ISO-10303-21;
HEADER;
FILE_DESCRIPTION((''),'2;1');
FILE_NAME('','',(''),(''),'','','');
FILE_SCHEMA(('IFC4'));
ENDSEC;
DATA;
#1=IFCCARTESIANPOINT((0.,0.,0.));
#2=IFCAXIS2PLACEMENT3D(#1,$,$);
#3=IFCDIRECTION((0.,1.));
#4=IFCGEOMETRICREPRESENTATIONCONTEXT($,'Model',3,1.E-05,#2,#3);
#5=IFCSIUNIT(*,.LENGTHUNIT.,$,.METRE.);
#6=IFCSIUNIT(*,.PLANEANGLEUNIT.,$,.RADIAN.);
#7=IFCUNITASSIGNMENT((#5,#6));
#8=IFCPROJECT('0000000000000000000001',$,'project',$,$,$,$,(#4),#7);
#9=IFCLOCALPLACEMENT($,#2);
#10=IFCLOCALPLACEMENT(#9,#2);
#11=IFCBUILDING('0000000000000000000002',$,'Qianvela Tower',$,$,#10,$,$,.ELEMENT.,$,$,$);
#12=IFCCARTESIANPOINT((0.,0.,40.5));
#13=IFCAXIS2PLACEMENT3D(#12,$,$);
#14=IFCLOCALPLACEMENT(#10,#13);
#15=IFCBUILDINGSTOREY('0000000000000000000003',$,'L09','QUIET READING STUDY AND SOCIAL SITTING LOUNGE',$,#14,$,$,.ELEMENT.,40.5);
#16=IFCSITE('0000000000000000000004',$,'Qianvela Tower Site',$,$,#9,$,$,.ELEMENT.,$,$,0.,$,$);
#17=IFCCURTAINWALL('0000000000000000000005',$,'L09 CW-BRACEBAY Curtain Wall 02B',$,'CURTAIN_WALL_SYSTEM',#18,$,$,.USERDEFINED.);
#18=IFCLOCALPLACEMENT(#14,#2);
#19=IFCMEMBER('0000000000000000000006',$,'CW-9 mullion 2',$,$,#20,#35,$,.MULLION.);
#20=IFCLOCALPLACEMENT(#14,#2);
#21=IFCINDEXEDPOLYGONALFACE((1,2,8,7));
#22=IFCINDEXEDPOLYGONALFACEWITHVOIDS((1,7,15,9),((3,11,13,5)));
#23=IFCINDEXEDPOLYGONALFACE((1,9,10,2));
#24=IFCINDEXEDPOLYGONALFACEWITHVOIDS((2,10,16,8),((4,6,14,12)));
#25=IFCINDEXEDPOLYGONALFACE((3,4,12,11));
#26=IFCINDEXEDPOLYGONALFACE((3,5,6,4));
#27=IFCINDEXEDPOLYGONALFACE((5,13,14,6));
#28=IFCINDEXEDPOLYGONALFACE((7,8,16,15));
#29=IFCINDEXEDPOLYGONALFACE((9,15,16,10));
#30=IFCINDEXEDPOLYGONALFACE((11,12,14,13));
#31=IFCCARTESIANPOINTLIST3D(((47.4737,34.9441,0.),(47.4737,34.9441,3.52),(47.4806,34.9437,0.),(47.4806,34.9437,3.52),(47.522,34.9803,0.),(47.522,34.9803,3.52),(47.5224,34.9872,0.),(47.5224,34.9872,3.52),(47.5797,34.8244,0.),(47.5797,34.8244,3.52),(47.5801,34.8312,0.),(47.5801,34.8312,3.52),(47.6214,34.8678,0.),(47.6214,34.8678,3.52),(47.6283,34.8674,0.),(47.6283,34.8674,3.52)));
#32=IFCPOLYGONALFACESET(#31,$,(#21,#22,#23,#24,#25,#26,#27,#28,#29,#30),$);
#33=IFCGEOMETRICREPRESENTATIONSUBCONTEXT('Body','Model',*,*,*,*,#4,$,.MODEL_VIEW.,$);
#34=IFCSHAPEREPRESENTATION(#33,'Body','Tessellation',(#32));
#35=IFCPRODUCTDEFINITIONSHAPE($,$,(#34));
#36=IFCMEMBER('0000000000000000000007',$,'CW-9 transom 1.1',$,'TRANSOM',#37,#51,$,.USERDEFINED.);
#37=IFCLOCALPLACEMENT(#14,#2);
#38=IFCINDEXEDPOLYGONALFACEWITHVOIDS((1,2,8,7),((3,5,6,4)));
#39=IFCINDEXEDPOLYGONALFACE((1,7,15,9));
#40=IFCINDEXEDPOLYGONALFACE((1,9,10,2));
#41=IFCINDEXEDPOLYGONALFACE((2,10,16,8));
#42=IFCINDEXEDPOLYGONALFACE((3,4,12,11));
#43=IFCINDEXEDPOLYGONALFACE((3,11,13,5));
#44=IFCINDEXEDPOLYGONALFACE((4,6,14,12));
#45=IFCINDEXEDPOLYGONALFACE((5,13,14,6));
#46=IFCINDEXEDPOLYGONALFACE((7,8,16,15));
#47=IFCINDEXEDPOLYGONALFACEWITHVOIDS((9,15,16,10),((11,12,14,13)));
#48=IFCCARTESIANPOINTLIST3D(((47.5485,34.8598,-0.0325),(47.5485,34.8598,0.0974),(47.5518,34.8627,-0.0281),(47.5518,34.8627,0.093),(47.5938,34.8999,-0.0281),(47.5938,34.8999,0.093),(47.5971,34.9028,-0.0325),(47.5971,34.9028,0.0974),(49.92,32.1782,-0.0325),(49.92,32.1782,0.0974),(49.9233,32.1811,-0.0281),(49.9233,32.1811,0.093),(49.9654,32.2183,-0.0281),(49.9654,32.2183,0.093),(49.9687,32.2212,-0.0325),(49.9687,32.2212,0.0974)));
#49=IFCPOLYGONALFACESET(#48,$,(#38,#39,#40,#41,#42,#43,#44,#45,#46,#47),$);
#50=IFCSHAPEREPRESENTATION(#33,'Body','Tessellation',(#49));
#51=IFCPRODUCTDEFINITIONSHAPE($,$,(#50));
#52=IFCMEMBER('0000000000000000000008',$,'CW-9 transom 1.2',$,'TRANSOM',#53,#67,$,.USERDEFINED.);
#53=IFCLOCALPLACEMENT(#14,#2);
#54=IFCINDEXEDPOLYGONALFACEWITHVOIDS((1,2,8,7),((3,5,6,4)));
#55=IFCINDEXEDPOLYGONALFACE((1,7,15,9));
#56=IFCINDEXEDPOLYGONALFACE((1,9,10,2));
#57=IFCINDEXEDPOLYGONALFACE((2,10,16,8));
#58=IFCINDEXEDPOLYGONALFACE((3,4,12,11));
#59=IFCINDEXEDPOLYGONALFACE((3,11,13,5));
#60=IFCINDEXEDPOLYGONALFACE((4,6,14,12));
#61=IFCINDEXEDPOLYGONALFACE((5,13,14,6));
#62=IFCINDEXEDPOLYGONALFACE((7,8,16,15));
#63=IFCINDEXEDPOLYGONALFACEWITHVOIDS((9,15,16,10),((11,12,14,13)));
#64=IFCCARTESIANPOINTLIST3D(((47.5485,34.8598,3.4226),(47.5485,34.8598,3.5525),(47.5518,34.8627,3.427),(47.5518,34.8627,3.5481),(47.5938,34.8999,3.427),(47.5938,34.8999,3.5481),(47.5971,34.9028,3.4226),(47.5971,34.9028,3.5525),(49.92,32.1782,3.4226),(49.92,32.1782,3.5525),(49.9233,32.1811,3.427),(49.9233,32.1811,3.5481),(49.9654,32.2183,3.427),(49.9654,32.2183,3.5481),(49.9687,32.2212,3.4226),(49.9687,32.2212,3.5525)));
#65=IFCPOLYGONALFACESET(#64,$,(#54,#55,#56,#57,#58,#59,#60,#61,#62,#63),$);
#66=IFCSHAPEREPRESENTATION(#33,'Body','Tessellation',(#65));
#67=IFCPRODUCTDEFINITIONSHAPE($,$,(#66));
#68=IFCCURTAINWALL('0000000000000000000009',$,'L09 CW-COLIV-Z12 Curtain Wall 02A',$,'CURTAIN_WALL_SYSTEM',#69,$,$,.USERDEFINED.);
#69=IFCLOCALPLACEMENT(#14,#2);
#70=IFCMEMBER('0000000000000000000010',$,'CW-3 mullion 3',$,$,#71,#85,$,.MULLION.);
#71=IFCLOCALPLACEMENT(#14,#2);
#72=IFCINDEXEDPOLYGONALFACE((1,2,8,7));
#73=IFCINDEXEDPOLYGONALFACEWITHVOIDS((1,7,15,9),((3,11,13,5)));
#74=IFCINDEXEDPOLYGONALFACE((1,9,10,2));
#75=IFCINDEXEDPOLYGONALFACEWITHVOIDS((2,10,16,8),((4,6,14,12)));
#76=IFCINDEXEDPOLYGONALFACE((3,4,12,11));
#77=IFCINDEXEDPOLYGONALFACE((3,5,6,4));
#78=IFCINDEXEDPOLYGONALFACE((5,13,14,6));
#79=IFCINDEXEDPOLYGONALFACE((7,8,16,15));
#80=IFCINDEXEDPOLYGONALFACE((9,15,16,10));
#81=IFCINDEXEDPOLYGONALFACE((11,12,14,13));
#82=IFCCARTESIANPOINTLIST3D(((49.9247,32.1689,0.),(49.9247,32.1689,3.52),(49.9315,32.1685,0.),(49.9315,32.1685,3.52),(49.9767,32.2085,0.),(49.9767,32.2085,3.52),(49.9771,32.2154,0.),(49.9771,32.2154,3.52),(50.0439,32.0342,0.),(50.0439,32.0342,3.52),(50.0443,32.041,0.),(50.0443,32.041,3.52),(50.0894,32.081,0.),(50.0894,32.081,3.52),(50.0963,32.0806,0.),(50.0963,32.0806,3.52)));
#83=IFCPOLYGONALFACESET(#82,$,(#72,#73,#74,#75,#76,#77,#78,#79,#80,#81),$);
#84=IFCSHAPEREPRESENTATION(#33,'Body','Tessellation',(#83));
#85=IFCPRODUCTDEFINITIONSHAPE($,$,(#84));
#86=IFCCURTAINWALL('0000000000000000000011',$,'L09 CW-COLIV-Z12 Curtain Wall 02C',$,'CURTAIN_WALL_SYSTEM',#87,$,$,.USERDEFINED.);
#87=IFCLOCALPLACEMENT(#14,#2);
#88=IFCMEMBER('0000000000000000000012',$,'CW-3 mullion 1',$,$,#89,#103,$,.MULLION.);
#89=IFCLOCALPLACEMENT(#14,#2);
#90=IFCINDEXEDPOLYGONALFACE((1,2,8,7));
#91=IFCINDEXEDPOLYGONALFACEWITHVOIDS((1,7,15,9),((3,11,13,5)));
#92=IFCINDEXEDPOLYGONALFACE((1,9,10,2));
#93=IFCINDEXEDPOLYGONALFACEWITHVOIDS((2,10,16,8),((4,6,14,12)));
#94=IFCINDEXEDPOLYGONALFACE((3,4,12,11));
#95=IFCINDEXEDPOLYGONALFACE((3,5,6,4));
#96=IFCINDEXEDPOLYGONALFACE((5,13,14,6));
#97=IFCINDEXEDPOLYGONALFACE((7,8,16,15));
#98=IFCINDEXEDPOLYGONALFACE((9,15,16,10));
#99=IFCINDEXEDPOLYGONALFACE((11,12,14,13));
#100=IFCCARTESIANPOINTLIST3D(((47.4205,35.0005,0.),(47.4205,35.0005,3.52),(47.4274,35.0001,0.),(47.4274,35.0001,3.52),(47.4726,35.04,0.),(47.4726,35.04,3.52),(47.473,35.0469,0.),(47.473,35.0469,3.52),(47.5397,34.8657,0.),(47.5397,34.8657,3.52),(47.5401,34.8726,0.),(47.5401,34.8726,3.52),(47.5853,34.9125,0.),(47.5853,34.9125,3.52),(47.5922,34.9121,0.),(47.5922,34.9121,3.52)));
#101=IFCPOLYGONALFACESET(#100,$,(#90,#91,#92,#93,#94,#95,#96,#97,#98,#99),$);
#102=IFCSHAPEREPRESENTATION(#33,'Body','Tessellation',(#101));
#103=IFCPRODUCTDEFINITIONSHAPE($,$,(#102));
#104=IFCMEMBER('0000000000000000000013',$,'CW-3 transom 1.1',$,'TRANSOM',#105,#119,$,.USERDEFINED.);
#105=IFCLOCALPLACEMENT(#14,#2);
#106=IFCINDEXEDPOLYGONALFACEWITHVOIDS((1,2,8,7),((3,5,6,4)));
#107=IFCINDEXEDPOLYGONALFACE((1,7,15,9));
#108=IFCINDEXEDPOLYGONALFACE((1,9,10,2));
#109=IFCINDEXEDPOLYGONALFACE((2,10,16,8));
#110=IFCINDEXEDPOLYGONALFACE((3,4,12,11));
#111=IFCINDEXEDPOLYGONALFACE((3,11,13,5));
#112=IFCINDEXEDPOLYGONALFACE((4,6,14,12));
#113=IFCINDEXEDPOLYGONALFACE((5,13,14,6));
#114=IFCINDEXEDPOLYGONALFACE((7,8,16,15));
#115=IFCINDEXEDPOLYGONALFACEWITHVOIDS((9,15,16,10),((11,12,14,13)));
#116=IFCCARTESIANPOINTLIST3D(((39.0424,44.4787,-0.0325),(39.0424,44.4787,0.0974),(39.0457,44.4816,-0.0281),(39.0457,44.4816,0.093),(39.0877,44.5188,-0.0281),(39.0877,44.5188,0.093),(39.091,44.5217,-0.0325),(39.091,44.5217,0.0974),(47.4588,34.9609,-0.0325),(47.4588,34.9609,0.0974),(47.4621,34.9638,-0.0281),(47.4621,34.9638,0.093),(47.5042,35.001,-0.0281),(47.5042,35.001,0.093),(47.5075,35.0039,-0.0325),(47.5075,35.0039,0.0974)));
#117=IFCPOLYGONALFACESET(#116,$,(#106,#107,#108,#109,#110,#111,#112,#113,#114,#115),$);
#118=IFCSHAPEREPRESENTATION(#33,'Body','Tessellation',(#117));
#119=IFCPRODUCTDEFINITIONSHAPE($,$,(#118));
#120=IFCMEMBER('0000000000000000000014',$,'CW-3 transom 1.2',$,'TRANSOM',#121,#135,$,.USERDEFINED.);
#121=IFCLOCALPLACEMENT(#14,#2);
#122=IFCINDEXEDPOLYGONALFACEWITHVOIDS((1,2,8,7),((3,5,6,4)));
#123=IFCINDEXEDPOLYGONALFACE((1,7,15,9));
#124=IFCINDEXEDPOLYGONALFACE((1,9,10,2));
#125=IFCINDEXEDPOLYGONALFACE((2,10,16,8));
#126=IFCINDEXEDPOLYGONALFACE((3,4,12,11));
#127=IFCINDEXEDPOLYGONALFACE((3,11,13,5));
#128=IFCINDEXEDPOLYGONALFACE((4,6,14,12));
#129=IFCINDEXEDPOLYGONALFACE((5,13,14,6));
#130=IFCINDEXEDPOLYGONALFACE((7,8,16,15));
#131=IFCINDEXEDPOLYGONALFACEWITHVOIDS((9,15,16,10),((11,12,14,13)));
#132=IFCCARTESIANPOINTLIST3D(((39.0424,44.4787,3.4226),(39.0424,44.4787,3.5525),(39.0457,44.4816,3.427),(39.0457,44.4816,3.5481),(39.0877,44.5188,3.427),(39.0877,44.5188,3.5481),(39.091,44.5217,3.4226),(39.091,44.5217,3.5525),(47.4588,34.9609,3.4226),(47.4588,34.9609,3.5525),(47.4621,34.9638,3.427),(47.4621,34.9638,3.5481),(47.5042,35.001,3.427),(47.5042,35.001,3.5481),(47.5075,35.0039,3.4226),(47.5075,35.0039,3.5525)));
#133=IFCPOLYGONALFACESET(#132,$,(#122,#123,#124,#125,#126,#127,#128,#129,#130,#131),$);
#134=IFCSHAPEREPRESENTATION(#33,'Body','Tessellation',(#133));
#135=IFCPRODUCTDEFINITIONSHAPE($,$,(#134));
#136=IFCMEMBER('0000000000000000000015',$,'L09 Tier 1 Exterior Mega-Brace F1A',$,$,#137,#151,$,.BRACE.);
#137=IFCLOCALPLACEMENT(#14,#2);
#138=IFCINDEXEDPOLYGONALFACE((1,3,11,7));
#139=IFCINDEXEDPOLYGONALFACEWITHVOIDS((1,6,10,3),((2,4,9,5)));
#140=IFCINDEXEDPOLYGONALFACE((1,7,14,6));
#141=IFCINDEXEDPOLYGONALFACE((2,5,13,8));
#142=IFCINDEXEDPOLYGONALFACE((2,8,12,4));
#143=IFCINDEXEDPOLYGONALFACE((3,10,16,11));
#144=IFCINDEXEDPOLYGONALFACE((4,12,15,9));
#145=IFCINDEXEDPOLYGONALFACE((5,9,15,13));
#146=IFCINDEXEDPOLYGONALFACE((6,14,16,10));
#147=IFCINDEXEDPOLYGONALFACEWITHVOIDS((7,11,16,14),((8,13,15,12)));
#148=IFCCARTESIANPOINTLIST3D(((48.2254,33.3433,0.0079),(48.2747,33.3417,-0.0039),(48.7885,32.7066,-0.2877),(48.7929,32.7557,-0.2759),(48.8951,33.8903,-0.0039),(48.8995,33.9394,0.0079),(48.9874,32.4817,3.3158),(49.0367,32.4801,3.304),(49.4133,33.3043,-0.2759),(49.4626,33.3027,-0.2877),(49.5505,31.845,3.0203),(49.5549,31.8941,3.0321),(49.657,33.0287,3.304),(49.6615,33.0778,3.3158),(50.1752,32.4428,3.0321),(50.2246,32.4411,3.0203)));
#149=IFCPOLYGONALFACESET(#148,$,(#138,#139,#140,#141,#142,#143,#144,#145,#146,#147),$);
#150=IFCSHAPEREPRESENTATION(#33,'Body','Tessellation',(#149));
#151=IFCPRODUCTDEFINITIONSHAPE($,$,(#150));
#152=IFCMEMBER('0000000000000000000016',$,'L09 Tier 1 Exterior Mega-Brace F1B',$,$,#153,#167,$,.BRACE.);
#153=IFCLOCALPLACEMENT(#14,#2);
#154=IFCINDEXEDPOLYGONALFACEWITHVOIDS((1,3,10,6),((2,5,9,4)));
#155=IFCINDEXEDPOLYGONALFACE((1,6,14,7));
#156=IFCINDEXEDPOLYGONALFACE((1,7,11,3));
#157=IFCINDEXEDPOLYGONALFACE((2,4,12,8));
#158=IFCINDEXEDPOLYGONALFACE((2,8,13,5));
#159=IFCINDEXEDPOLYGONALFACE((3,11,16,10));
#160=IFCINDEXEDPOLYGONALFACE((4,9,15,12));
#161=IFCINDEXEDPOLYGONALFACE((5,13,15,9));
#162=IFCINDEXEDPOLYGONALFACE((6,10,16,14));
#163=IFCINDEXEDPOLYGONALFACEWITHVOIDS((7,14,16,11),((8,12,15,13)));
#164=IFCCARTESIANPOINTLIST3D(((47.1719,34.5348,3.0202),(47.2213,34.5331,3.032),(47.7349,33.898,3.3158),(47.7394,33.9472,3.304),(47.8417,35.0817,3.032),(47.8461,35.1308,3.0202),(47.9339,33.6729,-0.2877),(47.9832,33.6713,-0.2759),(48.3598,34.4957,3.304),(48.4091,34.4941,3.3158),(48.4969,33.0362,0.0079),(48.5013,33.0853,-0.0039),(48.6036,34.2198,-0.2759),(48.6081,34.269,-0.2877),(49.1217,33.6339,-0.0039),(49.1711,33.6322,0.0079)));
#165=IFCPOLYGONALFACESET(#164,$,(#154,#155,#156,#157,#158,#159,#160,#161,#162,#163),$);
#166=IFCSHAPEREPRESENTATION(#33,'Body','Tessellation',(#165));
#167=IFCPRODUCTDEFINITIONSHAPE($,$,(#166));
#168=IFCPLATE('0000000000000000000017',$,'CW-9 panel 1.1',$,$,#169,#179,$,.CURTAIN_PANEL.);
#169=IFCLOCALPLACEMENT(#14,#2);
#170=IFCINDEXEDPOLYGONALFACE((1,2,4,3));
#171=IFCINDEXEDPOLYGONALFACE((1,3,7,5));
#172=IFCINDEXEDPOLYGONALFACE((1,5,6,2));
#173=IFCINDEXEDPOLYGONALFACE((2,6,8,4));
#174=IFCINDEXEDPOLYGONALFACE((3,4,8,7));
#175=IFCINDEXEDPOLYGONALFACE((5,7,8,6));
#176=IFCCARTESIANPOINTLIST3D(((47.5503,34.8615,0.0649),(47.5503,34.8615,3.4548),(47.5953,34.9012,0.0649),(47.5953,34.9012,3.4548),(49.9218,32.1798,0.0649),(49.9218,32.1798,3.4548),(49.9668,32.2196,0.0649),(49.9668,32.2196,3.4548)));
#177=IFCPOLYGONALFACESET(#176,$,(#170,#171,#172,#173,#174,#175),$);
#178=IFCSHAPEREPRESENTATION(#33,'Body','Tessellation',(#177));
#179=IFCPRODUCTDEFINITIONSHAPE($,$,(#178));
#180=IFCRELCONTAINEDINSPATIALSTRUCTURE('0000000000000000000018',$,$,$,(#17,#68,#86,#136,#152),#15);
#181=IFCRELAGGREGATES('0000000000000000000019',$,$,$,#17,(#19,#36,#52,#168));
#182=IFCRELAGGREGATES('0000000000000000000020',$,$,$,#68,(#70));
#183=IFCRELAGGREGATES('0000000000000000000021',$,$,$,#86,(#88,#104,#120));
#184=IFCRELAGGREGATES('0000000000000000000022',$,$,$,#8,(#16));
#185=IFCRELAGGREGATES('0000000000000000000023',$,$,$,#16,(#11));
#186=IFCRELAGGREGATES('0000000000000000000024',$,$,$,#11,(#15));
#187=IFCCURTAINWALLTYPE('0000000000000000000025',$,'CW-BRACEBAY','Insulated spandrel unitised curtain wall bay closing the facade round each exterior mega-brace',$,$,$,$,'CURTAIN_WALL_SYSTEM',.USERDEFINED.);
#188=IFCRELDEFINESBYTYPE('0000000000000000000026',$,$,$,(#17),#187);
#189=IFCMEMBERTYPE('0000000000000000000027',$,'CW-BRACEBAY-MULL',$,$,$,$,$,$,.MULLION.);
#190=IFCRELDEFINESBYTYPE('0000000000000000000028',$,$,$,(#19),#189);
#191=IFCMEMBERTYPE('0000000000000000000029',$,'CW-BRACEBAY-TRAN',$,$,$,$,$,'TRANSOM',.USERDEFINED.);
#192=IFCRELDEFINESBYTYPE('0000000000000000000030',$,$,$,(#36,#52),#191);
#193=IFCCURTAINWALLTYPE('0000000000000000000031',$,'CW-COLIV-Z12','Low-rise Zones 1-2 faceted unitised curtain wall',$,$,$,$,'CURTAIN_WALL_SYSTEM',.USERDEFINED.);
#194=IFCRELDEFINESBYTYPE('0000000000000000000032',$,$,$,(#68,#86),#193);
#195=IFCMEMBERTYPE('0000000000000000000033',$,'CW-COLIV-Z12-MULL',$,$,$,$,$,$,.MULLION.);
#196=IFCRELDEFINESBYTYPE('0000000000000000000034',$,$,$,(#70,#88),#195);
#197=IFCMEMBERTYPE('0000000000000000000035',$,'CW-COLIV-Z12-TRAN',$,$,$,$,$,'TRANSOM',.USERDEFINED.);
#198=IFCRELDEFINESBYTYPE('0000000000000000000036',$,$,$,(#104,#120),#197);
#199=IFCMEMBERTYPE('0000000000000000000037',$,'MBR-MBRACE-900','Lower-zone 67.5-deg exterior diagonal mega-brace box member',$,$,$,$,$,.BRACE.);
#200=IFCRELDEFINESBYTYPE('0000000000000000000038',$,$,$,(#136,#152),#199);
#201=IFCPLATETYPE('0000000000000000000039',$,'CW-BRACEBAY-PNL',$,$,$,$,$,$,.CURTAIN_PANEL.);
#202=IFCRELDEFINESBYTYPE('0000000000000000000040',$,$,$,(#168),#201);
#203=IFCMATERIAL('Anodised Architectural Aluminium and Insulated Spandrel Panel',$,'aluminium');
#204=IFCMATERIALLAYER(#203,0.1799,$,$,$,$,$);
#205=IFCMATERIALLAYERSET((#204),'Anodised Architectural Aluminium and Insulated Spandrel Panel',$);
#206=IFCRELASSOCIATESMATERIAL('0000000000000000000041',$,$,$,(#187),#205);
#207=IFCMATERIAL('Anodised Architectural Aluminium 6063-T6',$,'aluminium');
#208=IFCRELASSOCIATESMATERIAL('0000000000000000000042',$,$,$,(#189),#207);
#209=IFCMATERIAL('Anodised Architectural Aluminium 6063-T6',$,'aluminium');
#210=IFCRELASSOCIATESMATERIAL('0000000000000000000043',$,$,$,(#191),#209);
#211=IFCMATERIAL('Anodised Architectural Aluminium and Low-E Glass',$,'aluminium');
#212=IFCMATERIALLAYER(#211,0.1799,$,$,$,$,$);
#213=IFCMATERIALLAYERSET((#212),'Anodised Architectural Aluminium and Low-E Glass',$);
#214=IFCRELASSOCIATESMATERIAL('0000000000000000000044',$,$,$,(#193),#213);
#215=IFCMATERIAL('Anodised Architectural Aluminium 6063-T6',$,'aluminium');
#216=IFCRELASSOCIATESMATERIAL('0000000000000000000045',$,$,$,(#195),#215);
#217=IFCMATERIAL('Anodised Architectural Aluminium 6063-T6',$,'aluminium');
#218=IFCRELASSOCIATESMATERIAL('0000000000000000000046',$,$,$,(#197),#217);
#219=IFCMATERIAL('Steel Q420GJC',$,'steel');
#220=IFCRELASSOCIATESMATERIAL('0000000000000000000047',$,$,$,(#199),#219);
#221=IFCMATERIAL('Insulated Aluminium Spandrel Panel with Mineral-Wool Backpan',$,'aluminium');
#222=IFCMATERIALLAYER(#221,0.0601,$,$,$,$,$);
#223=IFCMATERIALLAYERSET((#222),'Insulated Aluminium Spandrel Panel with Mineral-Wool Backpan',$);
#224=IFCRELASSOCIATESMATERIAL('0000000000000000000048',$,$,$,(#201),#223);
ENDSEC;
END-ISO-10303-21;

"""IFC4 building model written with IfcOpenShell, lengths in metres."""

from ifc_helpers import new_model, si_unit, direction, frame, origin, origin_2d, place, context, subcontext, project, spatial, rectangle, hollow_rectangle, extrude, material, layer, layer_set, material_profile, profile_set, type_object, element, aggregate, save


model = new_model("IFC4")

# Units and contexts
model_context = context("Model", 3, precision=1e-05, world=origin(), true_north=direction((0.0, 1.0)))
body_context = subcontext(model_context, "Body", "Model", "MODEL_VIEW")
ifc_project = project(units=[si_unit("LENGTHUNIT", "METRE"), si_unit("PLANEANGLEUNIT", "RADIAN")], contexts=[model_context])

# Site, building, storey
site_placement = place(None, origin())
site = spatial("IfcSite", under=ifc_project, at=site_placement, Name="Qianvela Tower Site", CompositionType="ELEMENT", RefElevation=0.0)
building_placement = place(site_placement, origin())
building = spatial("IfcBuilding", under=site, at=building_placement, Name="Qianvela Tower", CompositionType="ELEMENT")
storey_placement = place(building_placement, frame((0.0, 0.0, 40.5)))
storey = spatial("IfcBuildingStorey", under=building, at=storey_placement, Name="L09", Description="QUIET READING STUDY AND SOCIAL SITTING LOUNGE", CompositionType="ELEMENT", Elevation=40.5)

# Curtain wall, members
ifc_material_1 = material(Name="Anodised Architectural Aluminium and Insulated Spandrel Panel", Category="aluminium")
ifc_layer_1 = layer(ifc_material_1, 0.1799)
ifc_layer_set_1 = layer_set([ifc_layer_1], Name="Anodised Architectural Aluminium and Insulated Spandrel Panel")
curtain_wall_type_1 = type_object("IfcCurtainWallType", Name="CW-BRACEBAY", Description="Insulated spandrel unitised curtain wall bay closing the facade round each exterior mega-brace", ElementType="CURTAIN_WALL_SYSTEM", PredefinedType="USERDEFINED", material=ifc_layer_set_1)
curtain_wall_1_placement = place(storey_placement, origin())
curtain_wall_1 = element("IfcCurtainWall", 1, at=curtain_wall_1_placement, inside=storey, type_object=curtain_wall_type_1, Name="L09 CW-BRACEBAY Curtain Wall 02B", ObjectType="CURTAIN_WALL_SYSTEM", PredefinedType="USERDEFINED")
ifc_material_2 = material(Name="Anodised Architectural Aluminium 6063-T6", Category="aluminium")
ifc_material_profile_1 = material_profile(ifc_material_2, hollow_rectangle(XDim=0.0649, YDim=0.1599, WallThickness=0.0049, at=origin_2d()), Name="ALU-MULL-65x160")
ifc_profile_set_1 = profile_set([ifc_material_profile_1], Name="Anodised Architectural Aluminium 6063-T6")
member_type_1 = type_object("IfcMemberType", Name="CW-BRACEBAY-MULL", PredefinedType="MULLION", material=ifc_profile_set_1)
member_1_placement = place(storey_placement, frame((47.551, 34.9058, 0.0), z_axis=(0.0, 0.0, 1.0), x_axis=(-0.749095, -0.662463, 0.0)))
member_1 = element("IfcMember", 2, at=member_1_placement, type_object=member_type_1, Name="CW-9 mullion 2", PredefinedType="MULLION", context=body_context, shape_type="SweptSolid", body=[
    extrude(hollow_rectangle(XDim=0.0649, YDim=0.1599, WallThickness=0.0049, at=origin_2d()), origin(), (0.0, 0.0, 1.0), 3.52),
])
ifc_material_3 = material(Name="Anodised Architectural Aluminium 6063-T6", Category="aluminium")
ifc_material_profile_2 = material_profile(ifc_material_3, hollow_rectangle(XDim=0.0649, YDim=0.1299, WallThickness=0.0044, at=origin_2d()), Name="ALU-TRAN-65x130")
ifc_profile_set_2 = profile_set([ifc_material_profile_2], Name="Anodised Architectural Aluminium 6063-T6")
member_type_2 = type_object("IfcMemberType", Name="CW-BRACEBAY-TRAN", ElementType="TRANSOM", PredefinedType="USERDEFINED", material=ifc_profile_set_2)
member_2_placement = place(storey_placement, frame((49.9443, 32.1997, 0.0325), z_axis=(-0.662474, 0.749085, 0.0), x_axis=(-0.749085, -0.662474, 0.0)))
member_2 = element("IfcMember", 3, at=member_2_placement, type_object=member_type_2, Name="CW-9 transom 1.1", ObjectType="TRANSOM", PredefinedType="USERDEFINED", context=body_context, shape_type="SweptSolid", body=[
    extrude(hollow_rectangle(XDim=0.0649, YDim=0.1299, WallThickness=0.0044, at=origin_2d()), origin(), (0.0, 0.0, 1.0), 3.5798),
])
member_3_placement = place(storey_placement, frame((49.9443, 32.1997, 3.4875), z_axis=(-0.662474, 0.749085, 0.0), x_axis=(-0.749085, -0.662474, 0.0)))
member_3 = element("IfcMember", 4, at=member_3_placement, type_object=member_type_2, Name="CW-9 transom 1.2", ObjectType="TRANSOM", PredefinedType="USERDEFINED", context=body_context, shape_type="SweptSolid", body=[
    extrude(hollow_rectangle(XDim=0.0649, YDim=0.1299, WallThickness=0.0044, at=origin_2d()), origin(), (0.0, 0.0, 1.0), 3.5798),
])

# Curtain wall, member
ifc_material_4 = material(Name="Anodised Architectural Aluminium and Low-E Glass", Category="aluminium")
ifc_layer_2 = layer(ifc_material_4, 0.1799)
ifc_layer_set_2 = layer_set([ifc_layer_2], Name="Anodised Architectural Aluminium and Low-E Glass")
curtain_wall_type_2 = type_object("IfcCurtainWallType", Name="CW-COLIV-Z12", Description="Low-rise Zones 1-2 faceted unitised curtain wall", ElementType="CURTAIN_WALL_SYSTEM", PredefinedType="USERDEFINED", material=ifc_layer_set_2)
curtain_wall_2_placement = place(storey_placement, origin())
curtain_wall_2 = element("IfcCurtainWall", 5, at=curtain_wall_2_placement, inside=storey, type_object=curtain_wall_type_2, Name="L09 CW-COLIV-Z12 Curtain Wall 02A", ObjectType="CURTAIN_WALL_SYSTEM", PredefinedType="USERDEFINED")
ifc_material_5 = material(Name="Anodised Architectural Aluminium 6063-T6", Category="aluminium")
ifc_material_profile_3 = material_profile(ifc_material_5, hollow_rectangle(XDim=0.0701, YDim=0.1799, WallThickness=0.0049, at=origin_2d()), Name="ALU-MULL-70x180")
ifc_profile_set_3 = profile_set([ifc_material_profile_3], Name="Anodised Architectural Aluminium 6063-T6")
member_type_3 = type_object("IfcMemberType", Name="CW-COLIV-Z12-MULL", PredefinedType="MULLION", material=ifc_profile_set_3)
member_4_placement = place(storey_placement, frame((50.0105, 32.1248, 0.0), z_axis=(0.0, 0.0, 1.0), x_axis=(-0.749106, -0.66245, 0.0)))
member_4 = element("IfcMember", 6, at=member_4_placement, type_object=member_type_3, Name="CW-3 mullion 3", PredefinedType="MULLION", context=body_context, shape_type="SweptSolid", body=[
    extrude(hollow_rectangle(XDim=0.0701, YDim=0.1799, WallThickness=0.0049, at=origin_2d()), origin(), (0.0, 0.0, 1.0), 3.52),
])

# Curtain wall, members
curtain_wall_3_placement = place(storey_placement, origin())
curtain_wall_3 = element("IfcCurtainWall", 7, at=curtain_wall_3_placement, inside=storey, type_object=curtain_wall_type_2, Name="L09 CW-COLIV-Z12 Curtain Wall 02C", ObjectType="CURTAIN_WALL_SYSTEM", PredefinedType="USERDEFINED")
member_5_placement = place(storey_placement, frame((47.5063, 34.9563, 0.0), z_axis=(0.0, 0.0, 1.0), x_axis=(-0.749109, -0.662447, 0.0)))
member_5 = element("IfcMember", 8, at=member_5_placement, type_object=member_type_3, Name="CW-3 mullion 1", PredefinedType="MULLION", context=body_context, shape_type="SweptSolid", body=[
    extrude(hollow_rectangle(XDim=0.0701, YDim=0.1799, WallThickness=0.0049, at=origin_2d()), origin(), (0.0, 0.0, 1.0), 3.52),
])
ifc_material_6 = material(Name="Anodised Architectural Aluminium 6063-T6", Category="aluminium")
ifc_material_profile_4 = material_profile(ifc_material_6, hollow_rectangle(XDim=0.0649, YDim=0.1299, WallThickness=0.0044, at=origin_2d()), Name="ALU-TRAN-65x130")
ifc_profile_set_4 = profile_set([ifc_material_profile_4], Name="Anodised Architectural Aluminium 6063-T6")
member_type_4 = type_object("IfcMemberType", Name="CW-COLIV-Z12-TRAN", ElementType="TRANSOM", PredefinedType="USERDEFINED", material=ifc_profile_set_4)
member_6_placement = place(storey_placement, frame((47.4832, 34.9824, 0.0325), z_axis=(-0.662437, 0.749118, 0.0), x_axis=(-0.749118, -0.662437, 0.0)))
member_6 = element("IfcMember", 9, at=member_6_placement, type_object=member_type_4, Name="CW-3 transom 1.1", ObjectType="TRANSOM", PredefinedType="USERDEFINED", context=body_context, shape_type="SweptSolid", body=[
    extrude(hollow_rectangle(XDim=0.0649, YDim=0.1299, WallThickness=0.0044, at=origin_2d()), origin(), (0.0, 0.0, 1.0), 12.7053),
])
member_7_placement = place(storey_placement, frame((47.4832, 34.9824, 3.4875), z_axis=(-0.662437, 0.749118, 0.0), x_axis=(-0.749118, -0.662437, 0.0)))
member_7 = element("IfcMember", 10, at=member_7_placement, type_object=member_type_4, Name="CW-3 transom 1.2", ObjectType="TRANSOM", PredefinedType="USERDEFINED", context=body_context, shape_type="SweptSolid", body=[
    extrude(hollow_rectangle(XDim=0.0649, YDim=0.1299, WallThickness=0.0044, at=origin_2d()), origin(), (0.0, 0.0, 1.0), 12.7053),
])

# Members
ifc_material_7 = material(Name="Steel Q420GJC", Category="steel")
ifc_material_profile_5 = material_profile(ifc_material_7, hollow_rectangle(XDim=0.8999, YDim=0.8999, WallThickness=0.0359, at=origin_2d()), Name="MBOX-900x900x36")
ifc_profile_set_5 = profile_set([ifc_material_profile_5], Name="Steel Q420GJC")
member_type_5 = type_object("IfcMemberType", Name="MBR-MBRACE-900", Description="Lower-zone 67.5-deg exterior diagonal mega-brace box member", PredefinedType="BRACE", material=ifc_profile_set_5)
for number, where, z_axis, x_axis, name in (
    (11, (48.844, 33.323, -0.1399), (0.217572, -0.246015, 0.944531), (0.749082, 0.662478, 0.0), "L09 Tier 1 Exterior Mega-Brace F1A"),
    (12, (48.5525, 33.6526, -0.1399), (-0.217568, 0.24608, 0.944515), (-0.749175, -0.662372, 0.0), "L09 Tier 1 Exterior Mega-Brace F1B"),
):
    element("IfcMember", number, at=place(storey_placement, frame(where, z_axis=z_axis, x_axis=x_axis)), inside=storey, type_object=member_type_5, Name=name, PredefinedType="BRACE", context=body_context, shape_type="SweptSolid", body=[
        extrude(hollow_rectangle(XDim=0.8999, YDim=0.8999, WallThickness=0.0359, at=origin_2d()), origin(), (0.0, 0.0, 1.0), 3.5022),
    ])

# Plate
ifc_material_8 = material(Name="Insulated Aluminium Spandrel Panel with Mineral-Wool Backpan", Category="aluminium")
ifc_layer_3 = layer(ifc_material_8, 0.0601)
ifc_layer_set_3 = layer_set([ifc_layer_3], Name="Insulated Aluminium Spandrel Panel with Mineral-Wool Backpan")
plate_type_1 = type_object("IfcPlateType", Name="CW-BRACEBAY-PNL", PredefinedType="CURTAIN_PANEL", material=ifc_layer_set_3)
plate_1_placement = place(storey_placement, frame((48.7585, 33.5405, 0.0649), z_axis=(0.0, 0.0, 1.0), x_axis=(-0.662463, 0.749095, 0.0)))
plate_1 = element("IfcPlate", 13, at=plate_1_placement, type_object=plate_type_1, Name="CW-9 panel 1.1", PredefinedType="CURTAIN_PANEL", context=body_context, shape_type="SweptSolid", body=[
    extrude(rectangle(XDim=3.5798, YDim=0.0601, at=origin_2d()), origin(), (0.0, 0.0, 1.0), 3.3899),
])
aggregate(curtain_wall_1, [member_1, member_2, member_3, plate_1])
aggregate(curtain_wall_2, [member_4])
aggregate(curtain_wall_3, [member_5, member_6, member_7])

save(model, "model.ifc")
